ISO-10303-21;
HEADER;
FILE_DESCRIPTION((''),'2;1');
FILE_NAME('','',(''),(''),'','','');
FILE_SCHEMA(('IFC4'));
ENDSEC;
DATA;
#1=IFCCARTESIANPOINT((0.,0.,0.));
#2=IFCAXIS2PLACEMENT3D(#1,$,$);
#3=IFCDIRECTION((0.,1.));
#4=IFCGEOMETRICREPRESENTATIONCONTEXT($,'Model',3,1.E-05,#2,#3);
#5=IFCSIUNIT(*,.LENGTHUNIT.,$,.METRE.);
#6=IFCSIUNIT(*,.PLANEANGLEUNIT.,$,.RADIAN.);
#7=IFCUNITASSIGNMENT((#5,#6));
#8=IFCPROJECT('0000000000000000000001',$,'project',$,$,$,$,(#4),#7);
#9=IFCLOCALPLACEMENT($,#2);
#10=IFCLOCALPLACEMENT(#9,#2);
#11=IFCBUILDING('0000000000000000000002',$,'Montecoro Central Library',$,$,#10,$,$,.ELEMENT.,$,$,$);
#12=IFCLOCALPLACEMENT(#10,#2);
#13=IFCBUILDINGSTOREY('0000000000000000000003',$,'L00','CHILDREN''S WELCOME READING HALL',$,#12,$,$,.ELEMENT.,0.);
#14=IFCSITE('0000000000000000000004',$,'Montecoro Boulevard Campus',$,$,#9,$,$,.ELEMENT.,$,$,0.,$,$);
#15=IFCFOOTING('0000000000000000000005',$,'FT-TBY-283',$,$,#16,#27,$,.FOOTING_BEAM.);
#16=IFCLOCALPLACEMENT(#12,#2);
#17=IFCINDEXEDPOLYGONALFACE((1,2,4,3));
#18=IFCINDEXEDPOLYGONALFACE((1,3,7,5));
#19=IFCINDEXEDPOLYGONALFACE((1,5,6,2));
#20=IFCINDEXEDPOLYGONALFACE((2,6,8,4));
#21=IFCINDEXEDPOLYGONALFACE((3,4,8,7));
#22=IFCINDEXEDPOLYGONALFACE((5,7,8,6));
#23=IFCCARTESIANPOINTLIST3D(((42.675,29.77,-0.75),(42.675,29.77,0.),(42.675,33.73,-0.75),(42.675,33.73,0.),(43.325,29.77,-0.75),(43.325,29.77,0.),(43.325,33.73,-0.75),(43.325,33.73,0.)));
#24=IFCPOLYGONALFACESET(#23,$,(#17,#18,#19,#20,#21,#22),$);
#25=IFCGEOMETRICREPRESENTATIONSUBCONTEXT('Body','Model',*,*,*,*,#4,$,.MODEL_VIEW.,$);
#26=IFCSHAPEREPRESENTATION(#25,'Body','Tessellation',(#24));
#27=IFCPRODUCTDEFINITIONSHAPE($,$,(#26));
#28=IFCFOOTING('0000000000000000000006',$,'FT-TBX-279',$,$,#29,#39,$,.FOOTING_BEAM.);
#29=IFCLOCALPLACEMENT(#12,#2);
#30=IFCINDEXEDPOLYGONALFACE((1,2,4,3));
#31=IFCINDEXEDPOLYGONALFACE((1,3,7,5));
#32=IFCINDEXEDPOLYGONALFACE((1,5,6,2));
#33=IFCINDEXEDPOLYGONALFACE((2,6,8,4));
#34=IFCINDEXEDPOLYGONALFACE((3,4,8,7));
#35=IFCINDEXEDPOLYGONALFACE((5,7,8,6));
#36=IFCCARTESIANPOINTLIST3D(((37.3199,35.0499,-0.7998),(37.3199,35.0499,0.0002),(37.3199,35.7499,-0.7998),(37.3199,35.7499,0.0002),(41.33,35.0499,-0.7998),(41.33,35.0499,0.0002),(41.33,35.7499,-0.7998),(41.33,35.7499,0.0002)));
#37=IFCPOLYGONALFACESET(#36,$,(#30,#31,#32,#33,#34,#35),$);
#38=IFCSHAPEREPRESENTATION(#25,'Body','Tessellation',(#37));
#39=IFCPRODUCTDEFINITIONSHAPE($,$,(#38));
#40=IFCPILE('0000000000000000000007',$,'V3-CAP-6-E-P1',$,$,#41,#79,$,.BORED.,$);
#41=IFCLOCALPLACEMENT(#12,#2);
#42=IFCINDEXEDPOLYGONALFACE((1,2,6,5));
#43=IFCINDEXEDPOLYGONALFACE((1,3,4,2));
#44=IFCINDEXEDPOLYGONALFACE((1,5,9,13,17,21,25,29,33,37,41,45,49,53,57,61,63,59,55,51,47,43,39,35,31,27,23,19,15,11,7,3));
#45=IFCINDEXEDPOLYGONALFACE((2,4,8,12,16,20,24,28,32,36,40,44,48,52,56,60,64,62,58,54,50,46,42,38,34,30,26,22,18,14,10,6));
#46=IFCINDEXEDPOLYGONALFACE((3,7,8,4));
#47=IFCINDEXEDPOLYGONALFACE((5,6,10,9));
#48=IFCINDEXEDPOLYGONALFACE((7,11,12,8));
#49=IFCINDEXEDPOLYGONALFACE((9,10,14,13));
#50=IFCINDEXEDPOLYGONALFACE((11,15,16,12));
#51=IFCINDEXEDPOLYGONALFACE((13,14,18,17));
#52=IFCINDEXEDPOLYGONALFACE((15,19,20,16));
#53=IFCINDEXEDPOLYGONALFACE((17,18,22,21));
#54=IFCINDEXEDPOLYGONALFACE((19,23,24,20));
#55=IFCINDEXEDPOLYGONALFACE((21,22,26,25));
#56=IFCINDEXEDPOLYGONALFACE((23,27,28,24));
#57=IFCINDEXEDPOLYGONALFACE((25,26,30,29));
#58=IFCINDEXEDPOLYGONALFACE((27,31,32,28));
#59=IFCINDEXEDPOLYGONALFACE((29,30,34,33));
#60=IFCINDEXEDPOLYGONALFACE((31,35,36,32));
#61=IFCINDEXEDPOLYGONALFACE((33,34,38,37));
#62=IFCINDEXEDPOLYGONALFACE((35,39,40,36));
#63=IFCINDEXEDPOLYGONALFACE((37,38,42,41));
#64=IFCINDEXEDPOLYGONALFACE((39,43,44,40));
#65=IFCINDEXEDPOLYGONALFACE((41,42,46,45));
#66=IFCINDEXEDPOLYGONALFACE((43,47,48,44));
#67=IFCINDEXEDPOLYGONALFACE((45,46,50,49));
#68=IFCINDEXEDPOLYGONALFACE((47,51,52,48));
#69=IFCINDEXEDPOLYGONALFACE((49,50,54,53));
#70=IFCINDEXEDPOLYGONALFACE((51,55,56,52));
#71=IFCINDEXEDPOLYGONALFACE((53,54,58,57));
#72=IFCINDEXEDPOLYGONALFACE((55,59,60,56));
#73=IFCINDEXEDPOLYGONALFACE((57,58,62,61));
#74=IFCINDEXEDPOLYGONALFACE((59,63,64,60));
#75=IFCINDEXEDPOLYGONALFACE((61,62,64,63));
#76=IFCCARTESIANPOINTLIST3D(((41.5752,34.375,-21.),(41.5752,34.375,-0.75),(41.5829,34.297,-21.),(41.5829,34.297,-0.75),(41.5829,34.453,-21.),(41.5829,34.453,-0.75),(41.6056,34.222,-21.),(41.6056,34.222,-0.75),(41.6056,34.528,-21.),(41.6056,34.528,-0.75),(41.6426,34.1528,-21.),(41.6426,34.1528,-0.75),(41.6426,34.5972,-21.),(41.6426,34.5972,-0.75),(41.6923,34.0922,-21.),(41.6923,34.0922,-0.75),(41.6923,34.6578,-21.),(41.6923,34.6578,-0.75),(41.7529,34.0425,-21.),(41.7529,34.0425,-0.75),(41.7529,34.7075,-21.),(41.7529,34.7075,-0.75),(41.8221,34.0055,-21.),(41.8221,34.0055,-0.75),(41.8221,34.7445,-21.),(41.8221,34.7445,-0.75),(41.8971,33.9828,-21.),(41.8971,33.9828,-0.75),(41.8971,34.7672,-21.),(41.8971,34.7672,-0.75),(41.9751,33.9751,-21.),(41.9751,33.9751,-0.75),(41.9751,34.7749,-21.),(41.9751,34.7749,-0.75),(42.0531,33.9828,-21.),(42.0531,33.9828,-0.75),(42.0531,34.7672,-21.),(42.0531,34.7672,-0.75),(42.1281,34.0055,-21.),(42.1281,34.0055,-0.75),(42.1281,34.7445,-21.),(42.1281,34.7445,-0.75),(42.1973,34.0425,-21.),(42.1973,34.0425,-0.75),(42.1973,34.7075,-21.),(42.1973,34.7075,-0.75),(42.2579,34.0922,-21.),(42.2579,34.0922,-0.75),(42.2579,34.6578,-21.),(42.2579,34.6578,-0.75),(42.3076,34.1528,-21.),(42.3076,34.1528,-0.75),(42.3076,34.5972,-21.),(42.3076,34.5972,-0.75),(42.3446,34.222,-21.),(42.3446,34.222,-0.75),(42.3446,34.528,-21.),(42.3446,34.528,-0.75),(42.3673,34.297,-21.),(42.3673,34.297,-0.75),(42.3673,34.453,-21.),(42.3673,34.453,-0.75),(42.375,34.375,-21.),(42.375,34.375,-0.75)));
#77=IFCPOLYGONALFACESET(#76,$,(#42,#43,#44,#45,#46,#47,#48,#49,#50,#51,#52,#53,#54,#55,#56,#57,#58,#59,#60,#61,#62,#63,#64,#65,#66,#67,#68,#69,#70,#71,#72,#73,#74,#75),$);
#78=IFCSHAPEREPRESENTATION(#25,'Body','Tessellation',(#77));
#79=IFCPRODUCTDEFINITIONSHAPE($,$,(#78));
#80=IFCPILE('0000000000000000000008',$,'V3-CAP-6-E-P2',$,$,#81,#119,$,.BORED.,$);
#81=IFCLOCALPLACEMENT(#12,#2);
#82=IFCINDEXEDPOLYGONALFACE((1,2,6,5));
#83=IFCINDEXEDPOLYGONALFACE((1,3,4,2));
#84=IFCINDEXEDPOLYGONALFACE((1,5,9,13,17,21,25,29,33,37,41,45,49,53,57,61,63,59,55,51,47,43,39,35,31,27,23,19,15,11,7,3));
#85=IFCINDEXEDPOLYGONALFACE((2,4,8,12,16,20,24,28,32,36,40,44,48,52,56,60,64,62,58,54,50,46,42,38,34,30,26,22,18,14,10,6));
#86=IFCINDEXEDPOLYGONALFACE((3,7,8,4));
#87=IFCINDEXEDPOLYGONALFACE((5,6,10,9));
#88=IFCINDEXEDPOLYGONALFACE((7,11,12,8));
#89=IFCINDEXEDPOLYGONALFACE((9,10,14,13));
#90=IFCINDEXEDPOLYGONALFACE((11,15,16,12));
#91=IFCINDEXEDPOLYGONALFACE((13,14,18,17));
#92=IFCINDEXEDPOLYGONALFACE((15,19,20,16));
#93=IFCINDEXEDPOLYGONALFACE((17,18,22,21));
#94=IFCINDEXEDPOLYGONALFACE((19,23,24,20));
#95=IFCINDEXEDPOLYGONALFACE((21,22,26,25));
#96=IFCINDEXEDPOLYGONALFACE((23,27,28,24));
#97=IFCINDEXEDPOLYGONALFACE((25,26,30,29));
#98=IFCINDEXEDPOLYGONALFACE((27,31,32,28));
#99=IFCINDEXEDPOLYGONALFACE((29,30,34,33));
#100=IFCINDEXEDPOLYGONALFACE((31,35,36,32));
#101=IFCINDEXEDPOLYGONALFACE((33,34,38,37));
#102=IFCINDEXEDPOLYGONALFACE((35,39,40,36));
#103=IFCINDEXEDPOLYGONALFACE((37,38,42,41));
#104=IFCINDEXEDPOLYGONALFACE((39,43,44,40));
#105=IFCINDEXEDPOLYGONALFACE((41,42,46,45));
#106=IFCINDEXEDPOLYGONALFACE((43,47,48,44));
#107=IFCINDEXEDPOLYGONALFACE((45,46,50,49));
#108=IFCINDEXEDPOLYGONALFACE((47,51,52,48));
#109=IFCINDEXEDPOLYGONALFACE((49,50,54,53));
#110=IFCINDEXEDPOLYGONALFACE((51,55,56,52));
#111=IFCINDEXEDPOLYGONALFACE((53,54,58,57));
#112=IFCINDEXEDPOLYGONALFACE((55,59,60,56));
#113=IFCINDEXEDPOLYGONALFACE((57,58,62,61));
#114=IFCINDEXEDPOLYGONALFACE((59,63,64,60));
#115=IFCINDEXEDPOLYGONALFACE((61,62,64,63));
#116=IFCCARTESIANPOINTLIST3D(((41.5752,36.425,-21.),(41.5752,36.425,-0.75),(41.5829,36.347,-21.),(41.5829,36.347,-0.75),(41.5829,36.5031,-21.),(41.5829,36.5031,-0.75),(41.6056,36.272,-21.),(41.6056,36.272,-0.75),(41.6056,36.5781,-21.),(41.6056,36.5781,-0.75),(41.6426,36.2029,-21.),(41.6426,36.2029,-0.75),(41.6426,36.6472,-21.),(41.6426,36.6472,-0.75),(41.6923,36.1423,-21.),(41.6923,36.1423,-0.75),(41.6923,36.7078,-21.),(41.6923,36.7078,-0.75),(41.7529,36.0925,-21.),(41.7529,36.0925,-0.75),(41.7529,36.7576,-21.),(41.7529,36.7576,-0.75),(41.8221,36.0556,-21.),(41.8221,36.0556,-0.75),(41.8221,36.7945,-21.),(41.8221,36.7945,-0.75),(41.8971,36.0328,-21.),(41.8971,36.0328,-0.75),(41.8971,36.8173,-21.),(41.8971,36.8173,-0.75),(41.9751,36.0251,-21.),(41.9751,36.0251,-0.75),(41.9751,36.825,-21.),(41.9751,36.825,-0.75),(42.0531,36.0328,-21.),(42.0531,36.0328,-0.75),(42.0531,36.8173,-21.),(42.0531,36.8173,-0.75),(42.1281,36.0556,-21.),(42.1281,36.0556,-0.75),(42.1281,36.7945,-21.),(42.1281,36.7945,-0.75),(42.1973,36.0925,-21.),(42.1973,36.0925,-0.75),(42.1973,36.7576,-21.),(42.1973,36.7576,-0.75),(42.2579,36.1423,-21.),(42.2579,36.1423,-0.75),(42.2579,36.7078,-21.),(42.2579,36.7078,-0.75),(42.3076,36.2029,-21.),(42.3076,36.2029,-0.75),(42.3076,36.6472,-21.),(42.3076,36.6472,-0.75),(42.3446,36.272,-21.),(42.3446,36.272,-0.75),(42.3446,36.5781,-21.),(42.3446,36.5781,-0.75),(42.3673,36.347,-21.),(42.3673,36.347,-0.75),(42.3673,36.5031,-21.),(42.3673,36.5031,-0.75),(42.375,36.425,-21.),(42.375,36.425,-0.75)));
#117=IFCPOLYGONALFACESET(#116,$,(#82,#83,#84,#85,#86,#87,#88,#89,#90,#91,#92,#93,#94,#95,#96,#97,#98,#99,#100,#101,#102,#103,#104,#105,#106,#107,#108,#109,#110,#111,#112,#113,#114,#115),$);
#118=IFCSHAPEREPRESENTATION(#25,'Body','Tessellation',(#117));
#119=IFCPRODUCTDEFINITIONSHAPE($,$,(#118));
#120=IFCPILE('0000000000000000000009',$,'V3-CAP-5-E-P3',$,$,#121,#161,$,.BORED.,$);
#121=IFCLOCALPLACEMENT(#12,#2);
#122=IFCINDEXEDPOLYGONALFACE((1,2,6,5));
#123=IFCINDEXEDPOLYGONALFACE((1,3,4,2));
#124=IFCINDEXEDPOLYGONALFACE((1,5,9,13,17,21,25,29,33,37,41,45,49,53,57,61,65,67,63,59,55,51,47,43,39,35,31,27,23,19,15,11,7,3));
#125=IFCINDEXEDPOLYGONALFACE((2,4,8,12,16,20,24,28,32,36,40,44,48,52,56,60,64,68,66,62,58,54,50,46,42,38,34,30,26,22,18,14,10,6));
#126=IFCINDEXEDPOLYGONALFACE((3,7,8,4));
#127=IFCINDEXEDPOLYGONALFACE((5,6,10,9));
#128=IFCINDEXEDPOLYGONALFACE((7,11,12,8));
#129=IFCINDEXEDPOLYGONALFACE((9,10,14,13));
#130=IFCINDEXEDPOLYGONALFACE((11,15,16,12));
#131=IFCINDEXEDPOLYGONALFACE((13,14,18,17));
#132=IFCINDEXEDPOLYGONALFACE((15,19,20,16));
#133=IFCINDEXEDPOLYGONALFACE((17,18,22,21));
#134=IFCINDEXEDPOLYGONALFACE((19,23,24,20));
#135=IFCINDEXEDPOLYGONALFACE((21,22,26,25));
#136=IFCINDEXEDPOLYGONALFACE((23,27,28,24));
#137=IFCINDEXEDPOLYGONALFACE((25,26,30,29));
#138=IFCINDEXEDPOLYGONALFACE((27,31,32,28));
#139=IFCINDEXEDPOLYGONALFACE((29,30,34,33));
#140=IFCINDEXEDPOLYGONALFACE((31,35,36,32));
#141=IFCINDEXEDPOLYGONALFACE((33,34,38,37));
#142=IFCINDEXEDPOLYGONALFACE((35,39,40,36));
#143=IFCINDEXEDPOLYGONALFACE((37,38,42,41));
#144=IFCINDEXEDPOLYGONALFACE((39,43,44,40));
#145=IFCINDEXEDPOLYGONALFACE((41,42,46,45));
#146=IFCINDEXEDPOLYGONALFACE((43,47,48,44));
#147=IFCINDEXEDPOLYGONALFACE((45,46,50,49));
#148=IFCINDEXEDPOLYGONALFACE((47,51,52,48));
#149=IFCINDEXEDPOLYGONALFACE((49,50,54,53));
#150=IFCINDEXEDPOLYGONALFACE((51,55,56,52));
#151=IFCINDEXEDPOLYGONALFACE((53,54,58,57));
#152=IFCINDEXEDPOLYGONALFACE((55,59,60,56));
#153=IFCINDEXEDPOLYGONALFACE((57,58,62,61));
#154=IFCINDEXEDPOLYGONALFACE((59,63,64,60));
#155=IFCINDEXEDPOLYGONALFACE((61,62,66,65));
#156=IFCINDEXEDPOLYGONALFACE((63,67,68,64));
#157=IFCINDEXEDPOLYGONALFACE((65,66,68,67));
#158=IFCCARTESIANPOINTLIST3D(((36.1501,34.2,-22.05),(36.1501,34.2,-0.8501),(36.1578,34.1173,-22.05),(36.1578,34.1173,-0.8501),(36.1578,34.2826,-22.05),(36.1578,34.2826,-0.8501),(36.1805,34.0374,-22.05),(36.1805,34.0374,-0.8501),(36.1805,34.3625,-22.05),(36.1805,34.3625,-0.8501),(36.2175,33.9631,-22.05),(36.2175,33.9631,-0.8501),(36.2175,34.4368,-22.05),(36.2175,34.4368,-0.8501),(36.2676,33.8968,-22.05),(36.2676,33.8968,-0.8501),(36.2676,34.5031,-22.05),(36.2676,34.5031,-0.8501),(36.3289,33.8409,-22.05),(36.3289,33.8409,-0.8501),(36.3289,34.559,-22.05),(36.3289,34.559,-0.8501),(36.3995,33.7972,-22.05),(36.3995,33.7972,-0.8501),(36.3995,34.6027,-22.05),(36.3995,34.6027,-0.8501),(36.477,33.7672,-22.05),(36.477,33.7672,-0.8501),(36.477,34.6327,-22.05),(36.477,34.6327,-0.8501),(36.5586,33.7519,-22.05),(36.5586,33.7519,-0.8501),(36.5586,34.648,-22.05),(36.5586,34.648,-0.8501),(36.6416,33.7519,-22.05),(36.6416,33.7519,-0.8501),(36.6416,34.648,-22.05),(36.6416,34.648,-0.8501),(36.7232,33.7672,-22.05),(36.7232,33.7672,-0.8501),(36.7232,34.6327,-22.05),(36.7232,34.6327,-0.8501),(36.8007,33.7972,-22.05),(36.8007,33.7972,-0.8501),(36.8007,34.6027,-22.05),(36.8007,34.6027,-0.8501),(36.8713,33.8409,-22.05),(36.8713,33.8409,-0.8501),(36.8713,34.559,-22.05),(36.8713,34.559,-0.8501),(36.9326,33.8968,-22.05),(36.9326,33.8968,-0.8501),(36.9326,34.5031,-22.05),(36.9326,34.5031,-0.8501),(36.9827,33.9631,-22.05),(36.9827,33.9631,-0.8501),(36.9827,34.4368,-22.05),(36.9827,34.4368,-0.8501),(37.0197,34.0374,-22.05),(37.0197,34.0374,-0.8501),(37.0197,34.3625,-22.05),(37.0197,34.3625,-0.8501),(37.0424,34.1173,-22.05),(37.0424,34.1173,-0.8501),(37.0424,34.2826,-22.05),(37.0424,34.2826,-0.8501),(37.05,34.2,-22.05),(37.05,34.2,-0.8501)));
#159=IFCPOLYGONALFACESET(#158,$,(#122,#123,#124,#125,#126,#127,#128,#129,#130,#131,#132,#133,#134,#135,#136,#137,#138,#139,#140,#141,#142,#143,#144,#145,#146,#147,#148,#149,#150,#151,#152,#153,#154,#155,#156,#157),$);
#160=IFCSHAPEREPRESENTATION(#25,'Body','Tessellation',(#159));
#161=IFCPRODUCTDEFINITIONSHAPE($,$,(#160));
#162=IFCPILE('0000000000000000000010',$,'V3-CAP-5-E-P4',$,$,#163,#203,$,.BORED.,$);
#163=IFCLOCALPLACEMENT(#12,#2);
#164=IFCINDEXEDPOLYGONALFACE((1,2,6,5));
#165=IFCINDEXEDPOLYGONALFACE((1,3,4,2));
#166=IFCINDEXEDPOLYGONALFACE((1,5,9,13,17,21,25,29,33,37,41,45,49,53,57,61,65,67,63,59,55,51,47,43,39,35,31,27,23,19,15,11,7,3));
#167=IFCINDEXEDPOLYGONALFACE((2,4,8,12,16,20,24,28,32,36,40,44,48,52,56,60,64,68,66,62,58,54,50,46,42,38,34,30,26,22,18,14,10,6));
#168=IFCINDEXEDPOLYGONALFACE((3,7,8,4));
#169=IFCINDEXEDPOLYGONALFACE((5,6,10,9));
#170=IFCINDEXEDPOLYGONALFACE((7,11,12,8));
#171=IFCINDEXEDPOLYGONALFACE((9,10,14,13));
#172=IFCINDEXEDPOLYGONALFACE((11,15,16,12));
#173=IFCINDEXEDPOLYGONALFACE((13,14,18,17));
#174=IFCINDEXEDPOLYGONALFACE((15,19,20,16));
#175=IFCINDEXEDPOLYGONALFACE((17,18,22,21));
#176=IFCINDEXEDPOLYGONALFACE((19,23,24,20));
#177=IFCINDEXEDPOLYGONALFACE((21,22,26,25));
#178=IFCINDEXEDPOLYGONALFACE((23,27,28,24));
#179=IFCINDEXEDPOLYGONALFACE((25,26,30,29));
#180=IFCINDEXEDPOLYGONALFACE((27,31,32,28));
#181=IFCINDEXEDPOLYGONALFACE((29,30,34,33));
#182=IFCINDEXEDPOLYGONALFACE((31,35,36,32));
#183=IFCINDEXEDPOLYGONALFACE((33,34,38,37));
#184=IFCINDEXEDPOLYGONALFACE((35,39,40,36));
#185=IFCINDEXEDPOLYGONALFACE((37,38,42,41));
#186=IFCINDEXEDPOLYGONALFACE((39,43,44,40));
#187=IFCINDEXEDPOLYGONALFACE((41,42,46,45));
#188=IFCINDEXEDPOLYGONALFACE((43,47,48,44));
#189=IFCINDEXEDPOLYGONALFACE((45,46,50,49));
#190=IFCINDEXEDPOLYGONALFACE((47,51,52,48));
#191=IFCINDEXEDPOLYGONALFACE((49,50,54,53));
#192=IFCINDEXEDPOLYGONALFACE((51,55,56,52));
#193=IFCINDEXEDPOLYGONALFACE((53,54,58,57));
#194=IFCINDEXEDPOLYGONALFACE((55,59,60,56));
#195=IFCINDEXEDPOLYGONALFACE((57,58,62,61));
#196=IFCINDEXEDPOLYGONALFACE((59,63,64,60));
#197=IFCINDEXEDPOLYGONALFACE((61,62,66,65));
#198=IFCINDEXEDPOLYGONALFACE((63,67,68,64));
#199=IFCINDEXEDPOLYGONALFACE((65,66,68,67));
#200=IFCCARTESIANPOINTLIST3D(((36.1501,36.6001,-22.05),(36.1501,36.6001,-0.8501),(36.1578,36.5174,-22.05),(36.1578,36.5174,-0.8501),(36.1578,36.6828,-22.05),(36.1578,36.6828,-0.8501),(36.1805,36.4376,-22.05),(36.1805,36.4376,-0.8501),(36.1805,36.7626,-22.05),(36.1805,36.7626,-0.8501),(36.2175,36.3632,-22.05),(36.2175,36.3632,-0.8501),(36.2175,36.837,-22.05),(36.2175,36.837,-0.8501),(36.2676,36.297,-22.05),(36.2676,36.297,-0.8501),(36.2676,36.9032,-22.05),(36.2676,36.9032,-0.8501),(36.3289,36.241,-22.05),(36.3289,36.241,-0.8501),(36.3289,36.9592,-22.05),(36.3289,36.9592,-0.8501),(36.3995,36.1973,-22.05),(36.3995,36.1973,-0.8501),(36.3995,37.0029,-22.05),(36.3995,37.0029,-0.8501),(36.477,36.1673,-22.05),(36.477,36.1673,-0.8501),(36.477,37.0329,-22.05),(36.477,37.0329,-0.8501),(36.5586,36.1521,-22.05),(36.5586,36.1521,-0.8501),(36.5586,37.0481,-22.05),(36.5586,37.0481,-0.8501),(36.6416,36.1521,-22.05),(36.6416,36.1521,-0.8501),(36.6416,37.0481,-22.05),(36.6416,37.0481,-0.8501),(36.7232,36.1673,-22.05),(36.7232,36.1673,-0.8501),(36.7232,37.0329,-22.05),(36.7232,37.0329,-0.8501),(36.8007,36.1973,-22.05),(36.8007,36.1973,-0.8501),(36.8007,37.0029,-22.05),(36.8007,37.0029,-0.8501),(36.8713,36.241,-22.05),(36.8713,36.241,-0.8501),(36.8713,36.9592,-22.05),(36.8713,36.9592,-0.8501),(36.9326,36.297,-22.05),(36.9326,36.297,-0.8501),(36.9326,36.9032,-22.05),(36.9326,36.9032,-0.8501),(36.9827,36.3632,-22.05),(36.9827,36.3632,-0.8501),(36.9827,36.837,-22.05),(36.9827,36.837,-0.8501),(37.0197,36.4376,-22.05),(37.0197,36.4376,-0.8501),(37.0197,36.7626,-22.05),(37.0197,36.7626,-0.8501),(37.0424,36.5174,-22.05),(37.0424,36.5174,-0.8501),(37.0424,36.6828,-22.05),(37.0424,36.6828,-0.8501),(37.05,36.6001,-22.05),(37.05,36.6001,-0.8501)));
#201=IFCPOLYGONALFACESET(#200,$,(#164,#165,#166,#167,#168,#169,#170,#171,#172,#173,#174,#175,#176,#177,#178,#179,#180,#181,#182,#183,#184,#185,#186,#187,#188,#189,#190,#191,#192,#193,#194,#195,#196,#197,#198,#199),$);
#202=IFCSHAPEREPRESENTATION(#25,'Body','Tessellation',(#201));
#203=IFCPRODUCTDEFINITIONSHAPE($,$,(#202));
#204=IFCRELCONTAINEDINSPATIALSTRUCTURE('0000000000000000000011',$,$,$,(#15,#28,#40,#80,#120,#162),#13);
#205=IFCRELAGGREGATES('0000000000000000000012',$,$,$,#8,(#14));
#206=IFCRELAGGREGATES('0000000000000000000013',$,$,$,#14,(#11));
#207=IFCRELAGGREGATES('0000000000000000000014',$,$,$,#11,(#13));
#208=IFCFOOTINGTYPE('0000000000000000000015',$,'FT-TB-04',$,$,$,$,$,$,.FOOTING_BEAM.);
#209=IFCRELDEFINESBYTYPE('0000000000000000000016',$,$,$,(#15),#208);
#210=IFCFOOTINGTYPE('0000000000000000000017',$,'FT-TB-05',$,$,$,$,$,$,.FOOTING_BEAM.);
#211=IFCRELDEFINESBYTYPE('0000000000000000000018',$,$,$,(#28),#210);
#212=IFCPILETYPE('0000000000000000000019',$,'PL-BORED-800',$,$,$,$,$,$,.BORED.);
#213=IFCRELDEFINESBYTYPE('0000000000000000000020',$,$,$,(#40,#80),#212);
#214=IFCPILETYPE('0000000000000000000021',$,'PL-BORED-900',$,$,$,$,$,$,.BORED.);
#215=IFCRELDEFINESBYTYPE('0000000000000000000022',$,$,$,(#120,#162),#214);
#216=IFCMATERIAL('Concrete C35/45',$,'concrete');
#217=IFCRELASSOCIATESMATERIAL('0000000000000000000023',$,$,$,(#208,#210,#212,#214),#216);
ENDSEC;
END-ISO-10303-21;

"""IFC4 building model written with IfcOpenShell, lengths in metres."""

from ifc_helpers import new_model, si_unit, direction, frame, origin, origin_2d, place, context, subcontext, project, spatial, rectangle, circle, extrude, material, material_profile, profile_set, type_object, element, save


model = new_model("IFC4")

# Units and contexts
model_context = context("Model", 3, precision=1e-05, world=origin(), true_north=direction((0.0, 1.0)))
body_context = subcontext(model_context, "Body", "Model", "MODEL_VIEW")
ifc_project = project(units=[si_unit("LENGTHUNIT", "METRE"), si_unit("PLANEANGLEUNIT", "RADIAN")], contexts=[model_context])

# Site, building, storey
site_placement = place(None, origin())
site = spatial("IfcSite", under=ifc_project, at=site_placement, Name="Montecoro Boulevard Campus", CompositionType="ELEMENT", RefElevation=0.0)
building_placement = place(site_placement, origin())
building = spatial("IfcBuilding", under=site, at=building_placement, Name="Montecoro Central Library", CompositionType="ELEMENT")
storey_placement = place(building_placement, origin())
storey = spatial("IfcBuildingStorey", under=building, at=storey_placement, Name="L00", Description="CHILDREN'S WELCOME READING HALL", CompositionType="ELEMENT", Elevation=0.0)

# Footings
ifc_material_1 = material(Name="Concrete C35/45", Category="concrete")
footing_type_1 = type_object("IfcFootingType", Name="FT-TB-04", PredefinedType="FOOTING_BEAM", material=ifc_material_1)
footing_1_placement = place(storey_placement, frame((43.0, 31.75, -0.75), z_axis=(0.0, 0.0, 1.0), x_axis=(1.0, 0.0, 0.0)))
element("IfcFooting", 1, at=footing_1_placement, inside=storey, type_object=footing_type_1, Name="FT-TBY-283", PredefinedType="FOOTING_BEAM", context=body_context, shape_type="SweptSolid", body=[
    extrude(rectangle(XDim=0.6499, YDim=3.96, at=origin_2d()), origin(), (0.0, 0.0, 1.0), 0.75),
])
footing_type_2 = type_object("IfcFootingType", Name="FT-TB-05", PredefinedType="FOOTING_BEAM", material=ifc_material_1)
footing_2_placement = place(storey_placement, frame((39.325, 35.3999, -0.7998), z_axis=(0.0, 0.0, 1.0), x_axis=(1.0, 0.0, 0.0)))
element("IfcFooting", 2, at=footing_2_placement, inside=storey, type_object=footing_type_2, Name="FT-TBX-279", PredefinedType="FOOTING_BEAM", context=body_context, shape_type="SweptSolid", body=[
    extrude(rectangle(XDim=4.01, YDim=0.7, at=origin_2d()), origin(), (0.0, 0.0, 1.0), 0.8),
])

# Piles
ifc_material_profile_1 = material_profile(ifc_material_1, circle(Radius=0.3999, at=origin_2d()), Name="PILE D800")
ifc_profile_set_1 = profile_set([ifc_material_profile_1], Name="Concrete C35/45")
pile_type_1 = type_object("IfcPileType", Name="PL-BORED-800", PredefinedType="BORED", material=ifc_profile_set_1)
for number, where, z_axis, x_axis, name in (
    (3, (41.9751, 34.375, -0.75), (0.0, 0.0, -1.0), (1.0, 0.0, 0.0), "V3-CAP-6-E-P1"),
    (4, (41.9751, 36.425, -0.75), (0.0, 0.0, -1.0), (1.0, 0.0, 0.0), "V3-CAP-6-E-P2"),
):
    element("IfcPile", number, at=place(storey_placement, frame(where, z_axis=z_axis, x_axis=x_axis)), inside=storey, type_object=pile_type_1, Name=name, PredefinedType="BORED", context=body_context, shape_type="SweptSolid", body=[
        extrude(circle(Radius=0.3999, at=origin_2d()), origin(), (0.0, 0.0, 1.0), 20.25),
    ])
ifc_material_profile_2 = material_profile(ifc_material_1, circle(Radius=0.45, at=origin_2d()), Name="PILE D900")
ifc_profile_set_2 = profile_set([ifc_material_profile_2], Name="Concrete C35/45")
pile_type_2 = type_object("IfcPileType", Name="PL-BORED-900", PredefinedType="BORED", material=ifc_profile_set_2)
for number, where, z_axis, x_axis, name in (
    (5, (36.6001, 34.2, -0.8501), (0.0, 0.0, -1.0), (1.0, 0.0, 0.0), "V3-CAP-5-E-P3"),
    (6, (36.6001, 36.6001, -0.8501), (0.0, 0.0, -1.0), (1.0, 0.0, 0.0), "V3-CAP-5-E-P4"),
):
    element("IfcPile", number, at=place(storey_placement, frame(where, z_axis=z_axis, x_axis=x_axis)), inside=storey, type_object=pile_type_2, Name=name, PredefinedType="BORED", context=body_context, shape_type="SweptSolid", body=[
        extrude(circle(Radius=0.45, at=origin_2d()), origin(), (0.0, 0.0, 1.0), 21.2),
    ])

save(model, "model.ifc")
